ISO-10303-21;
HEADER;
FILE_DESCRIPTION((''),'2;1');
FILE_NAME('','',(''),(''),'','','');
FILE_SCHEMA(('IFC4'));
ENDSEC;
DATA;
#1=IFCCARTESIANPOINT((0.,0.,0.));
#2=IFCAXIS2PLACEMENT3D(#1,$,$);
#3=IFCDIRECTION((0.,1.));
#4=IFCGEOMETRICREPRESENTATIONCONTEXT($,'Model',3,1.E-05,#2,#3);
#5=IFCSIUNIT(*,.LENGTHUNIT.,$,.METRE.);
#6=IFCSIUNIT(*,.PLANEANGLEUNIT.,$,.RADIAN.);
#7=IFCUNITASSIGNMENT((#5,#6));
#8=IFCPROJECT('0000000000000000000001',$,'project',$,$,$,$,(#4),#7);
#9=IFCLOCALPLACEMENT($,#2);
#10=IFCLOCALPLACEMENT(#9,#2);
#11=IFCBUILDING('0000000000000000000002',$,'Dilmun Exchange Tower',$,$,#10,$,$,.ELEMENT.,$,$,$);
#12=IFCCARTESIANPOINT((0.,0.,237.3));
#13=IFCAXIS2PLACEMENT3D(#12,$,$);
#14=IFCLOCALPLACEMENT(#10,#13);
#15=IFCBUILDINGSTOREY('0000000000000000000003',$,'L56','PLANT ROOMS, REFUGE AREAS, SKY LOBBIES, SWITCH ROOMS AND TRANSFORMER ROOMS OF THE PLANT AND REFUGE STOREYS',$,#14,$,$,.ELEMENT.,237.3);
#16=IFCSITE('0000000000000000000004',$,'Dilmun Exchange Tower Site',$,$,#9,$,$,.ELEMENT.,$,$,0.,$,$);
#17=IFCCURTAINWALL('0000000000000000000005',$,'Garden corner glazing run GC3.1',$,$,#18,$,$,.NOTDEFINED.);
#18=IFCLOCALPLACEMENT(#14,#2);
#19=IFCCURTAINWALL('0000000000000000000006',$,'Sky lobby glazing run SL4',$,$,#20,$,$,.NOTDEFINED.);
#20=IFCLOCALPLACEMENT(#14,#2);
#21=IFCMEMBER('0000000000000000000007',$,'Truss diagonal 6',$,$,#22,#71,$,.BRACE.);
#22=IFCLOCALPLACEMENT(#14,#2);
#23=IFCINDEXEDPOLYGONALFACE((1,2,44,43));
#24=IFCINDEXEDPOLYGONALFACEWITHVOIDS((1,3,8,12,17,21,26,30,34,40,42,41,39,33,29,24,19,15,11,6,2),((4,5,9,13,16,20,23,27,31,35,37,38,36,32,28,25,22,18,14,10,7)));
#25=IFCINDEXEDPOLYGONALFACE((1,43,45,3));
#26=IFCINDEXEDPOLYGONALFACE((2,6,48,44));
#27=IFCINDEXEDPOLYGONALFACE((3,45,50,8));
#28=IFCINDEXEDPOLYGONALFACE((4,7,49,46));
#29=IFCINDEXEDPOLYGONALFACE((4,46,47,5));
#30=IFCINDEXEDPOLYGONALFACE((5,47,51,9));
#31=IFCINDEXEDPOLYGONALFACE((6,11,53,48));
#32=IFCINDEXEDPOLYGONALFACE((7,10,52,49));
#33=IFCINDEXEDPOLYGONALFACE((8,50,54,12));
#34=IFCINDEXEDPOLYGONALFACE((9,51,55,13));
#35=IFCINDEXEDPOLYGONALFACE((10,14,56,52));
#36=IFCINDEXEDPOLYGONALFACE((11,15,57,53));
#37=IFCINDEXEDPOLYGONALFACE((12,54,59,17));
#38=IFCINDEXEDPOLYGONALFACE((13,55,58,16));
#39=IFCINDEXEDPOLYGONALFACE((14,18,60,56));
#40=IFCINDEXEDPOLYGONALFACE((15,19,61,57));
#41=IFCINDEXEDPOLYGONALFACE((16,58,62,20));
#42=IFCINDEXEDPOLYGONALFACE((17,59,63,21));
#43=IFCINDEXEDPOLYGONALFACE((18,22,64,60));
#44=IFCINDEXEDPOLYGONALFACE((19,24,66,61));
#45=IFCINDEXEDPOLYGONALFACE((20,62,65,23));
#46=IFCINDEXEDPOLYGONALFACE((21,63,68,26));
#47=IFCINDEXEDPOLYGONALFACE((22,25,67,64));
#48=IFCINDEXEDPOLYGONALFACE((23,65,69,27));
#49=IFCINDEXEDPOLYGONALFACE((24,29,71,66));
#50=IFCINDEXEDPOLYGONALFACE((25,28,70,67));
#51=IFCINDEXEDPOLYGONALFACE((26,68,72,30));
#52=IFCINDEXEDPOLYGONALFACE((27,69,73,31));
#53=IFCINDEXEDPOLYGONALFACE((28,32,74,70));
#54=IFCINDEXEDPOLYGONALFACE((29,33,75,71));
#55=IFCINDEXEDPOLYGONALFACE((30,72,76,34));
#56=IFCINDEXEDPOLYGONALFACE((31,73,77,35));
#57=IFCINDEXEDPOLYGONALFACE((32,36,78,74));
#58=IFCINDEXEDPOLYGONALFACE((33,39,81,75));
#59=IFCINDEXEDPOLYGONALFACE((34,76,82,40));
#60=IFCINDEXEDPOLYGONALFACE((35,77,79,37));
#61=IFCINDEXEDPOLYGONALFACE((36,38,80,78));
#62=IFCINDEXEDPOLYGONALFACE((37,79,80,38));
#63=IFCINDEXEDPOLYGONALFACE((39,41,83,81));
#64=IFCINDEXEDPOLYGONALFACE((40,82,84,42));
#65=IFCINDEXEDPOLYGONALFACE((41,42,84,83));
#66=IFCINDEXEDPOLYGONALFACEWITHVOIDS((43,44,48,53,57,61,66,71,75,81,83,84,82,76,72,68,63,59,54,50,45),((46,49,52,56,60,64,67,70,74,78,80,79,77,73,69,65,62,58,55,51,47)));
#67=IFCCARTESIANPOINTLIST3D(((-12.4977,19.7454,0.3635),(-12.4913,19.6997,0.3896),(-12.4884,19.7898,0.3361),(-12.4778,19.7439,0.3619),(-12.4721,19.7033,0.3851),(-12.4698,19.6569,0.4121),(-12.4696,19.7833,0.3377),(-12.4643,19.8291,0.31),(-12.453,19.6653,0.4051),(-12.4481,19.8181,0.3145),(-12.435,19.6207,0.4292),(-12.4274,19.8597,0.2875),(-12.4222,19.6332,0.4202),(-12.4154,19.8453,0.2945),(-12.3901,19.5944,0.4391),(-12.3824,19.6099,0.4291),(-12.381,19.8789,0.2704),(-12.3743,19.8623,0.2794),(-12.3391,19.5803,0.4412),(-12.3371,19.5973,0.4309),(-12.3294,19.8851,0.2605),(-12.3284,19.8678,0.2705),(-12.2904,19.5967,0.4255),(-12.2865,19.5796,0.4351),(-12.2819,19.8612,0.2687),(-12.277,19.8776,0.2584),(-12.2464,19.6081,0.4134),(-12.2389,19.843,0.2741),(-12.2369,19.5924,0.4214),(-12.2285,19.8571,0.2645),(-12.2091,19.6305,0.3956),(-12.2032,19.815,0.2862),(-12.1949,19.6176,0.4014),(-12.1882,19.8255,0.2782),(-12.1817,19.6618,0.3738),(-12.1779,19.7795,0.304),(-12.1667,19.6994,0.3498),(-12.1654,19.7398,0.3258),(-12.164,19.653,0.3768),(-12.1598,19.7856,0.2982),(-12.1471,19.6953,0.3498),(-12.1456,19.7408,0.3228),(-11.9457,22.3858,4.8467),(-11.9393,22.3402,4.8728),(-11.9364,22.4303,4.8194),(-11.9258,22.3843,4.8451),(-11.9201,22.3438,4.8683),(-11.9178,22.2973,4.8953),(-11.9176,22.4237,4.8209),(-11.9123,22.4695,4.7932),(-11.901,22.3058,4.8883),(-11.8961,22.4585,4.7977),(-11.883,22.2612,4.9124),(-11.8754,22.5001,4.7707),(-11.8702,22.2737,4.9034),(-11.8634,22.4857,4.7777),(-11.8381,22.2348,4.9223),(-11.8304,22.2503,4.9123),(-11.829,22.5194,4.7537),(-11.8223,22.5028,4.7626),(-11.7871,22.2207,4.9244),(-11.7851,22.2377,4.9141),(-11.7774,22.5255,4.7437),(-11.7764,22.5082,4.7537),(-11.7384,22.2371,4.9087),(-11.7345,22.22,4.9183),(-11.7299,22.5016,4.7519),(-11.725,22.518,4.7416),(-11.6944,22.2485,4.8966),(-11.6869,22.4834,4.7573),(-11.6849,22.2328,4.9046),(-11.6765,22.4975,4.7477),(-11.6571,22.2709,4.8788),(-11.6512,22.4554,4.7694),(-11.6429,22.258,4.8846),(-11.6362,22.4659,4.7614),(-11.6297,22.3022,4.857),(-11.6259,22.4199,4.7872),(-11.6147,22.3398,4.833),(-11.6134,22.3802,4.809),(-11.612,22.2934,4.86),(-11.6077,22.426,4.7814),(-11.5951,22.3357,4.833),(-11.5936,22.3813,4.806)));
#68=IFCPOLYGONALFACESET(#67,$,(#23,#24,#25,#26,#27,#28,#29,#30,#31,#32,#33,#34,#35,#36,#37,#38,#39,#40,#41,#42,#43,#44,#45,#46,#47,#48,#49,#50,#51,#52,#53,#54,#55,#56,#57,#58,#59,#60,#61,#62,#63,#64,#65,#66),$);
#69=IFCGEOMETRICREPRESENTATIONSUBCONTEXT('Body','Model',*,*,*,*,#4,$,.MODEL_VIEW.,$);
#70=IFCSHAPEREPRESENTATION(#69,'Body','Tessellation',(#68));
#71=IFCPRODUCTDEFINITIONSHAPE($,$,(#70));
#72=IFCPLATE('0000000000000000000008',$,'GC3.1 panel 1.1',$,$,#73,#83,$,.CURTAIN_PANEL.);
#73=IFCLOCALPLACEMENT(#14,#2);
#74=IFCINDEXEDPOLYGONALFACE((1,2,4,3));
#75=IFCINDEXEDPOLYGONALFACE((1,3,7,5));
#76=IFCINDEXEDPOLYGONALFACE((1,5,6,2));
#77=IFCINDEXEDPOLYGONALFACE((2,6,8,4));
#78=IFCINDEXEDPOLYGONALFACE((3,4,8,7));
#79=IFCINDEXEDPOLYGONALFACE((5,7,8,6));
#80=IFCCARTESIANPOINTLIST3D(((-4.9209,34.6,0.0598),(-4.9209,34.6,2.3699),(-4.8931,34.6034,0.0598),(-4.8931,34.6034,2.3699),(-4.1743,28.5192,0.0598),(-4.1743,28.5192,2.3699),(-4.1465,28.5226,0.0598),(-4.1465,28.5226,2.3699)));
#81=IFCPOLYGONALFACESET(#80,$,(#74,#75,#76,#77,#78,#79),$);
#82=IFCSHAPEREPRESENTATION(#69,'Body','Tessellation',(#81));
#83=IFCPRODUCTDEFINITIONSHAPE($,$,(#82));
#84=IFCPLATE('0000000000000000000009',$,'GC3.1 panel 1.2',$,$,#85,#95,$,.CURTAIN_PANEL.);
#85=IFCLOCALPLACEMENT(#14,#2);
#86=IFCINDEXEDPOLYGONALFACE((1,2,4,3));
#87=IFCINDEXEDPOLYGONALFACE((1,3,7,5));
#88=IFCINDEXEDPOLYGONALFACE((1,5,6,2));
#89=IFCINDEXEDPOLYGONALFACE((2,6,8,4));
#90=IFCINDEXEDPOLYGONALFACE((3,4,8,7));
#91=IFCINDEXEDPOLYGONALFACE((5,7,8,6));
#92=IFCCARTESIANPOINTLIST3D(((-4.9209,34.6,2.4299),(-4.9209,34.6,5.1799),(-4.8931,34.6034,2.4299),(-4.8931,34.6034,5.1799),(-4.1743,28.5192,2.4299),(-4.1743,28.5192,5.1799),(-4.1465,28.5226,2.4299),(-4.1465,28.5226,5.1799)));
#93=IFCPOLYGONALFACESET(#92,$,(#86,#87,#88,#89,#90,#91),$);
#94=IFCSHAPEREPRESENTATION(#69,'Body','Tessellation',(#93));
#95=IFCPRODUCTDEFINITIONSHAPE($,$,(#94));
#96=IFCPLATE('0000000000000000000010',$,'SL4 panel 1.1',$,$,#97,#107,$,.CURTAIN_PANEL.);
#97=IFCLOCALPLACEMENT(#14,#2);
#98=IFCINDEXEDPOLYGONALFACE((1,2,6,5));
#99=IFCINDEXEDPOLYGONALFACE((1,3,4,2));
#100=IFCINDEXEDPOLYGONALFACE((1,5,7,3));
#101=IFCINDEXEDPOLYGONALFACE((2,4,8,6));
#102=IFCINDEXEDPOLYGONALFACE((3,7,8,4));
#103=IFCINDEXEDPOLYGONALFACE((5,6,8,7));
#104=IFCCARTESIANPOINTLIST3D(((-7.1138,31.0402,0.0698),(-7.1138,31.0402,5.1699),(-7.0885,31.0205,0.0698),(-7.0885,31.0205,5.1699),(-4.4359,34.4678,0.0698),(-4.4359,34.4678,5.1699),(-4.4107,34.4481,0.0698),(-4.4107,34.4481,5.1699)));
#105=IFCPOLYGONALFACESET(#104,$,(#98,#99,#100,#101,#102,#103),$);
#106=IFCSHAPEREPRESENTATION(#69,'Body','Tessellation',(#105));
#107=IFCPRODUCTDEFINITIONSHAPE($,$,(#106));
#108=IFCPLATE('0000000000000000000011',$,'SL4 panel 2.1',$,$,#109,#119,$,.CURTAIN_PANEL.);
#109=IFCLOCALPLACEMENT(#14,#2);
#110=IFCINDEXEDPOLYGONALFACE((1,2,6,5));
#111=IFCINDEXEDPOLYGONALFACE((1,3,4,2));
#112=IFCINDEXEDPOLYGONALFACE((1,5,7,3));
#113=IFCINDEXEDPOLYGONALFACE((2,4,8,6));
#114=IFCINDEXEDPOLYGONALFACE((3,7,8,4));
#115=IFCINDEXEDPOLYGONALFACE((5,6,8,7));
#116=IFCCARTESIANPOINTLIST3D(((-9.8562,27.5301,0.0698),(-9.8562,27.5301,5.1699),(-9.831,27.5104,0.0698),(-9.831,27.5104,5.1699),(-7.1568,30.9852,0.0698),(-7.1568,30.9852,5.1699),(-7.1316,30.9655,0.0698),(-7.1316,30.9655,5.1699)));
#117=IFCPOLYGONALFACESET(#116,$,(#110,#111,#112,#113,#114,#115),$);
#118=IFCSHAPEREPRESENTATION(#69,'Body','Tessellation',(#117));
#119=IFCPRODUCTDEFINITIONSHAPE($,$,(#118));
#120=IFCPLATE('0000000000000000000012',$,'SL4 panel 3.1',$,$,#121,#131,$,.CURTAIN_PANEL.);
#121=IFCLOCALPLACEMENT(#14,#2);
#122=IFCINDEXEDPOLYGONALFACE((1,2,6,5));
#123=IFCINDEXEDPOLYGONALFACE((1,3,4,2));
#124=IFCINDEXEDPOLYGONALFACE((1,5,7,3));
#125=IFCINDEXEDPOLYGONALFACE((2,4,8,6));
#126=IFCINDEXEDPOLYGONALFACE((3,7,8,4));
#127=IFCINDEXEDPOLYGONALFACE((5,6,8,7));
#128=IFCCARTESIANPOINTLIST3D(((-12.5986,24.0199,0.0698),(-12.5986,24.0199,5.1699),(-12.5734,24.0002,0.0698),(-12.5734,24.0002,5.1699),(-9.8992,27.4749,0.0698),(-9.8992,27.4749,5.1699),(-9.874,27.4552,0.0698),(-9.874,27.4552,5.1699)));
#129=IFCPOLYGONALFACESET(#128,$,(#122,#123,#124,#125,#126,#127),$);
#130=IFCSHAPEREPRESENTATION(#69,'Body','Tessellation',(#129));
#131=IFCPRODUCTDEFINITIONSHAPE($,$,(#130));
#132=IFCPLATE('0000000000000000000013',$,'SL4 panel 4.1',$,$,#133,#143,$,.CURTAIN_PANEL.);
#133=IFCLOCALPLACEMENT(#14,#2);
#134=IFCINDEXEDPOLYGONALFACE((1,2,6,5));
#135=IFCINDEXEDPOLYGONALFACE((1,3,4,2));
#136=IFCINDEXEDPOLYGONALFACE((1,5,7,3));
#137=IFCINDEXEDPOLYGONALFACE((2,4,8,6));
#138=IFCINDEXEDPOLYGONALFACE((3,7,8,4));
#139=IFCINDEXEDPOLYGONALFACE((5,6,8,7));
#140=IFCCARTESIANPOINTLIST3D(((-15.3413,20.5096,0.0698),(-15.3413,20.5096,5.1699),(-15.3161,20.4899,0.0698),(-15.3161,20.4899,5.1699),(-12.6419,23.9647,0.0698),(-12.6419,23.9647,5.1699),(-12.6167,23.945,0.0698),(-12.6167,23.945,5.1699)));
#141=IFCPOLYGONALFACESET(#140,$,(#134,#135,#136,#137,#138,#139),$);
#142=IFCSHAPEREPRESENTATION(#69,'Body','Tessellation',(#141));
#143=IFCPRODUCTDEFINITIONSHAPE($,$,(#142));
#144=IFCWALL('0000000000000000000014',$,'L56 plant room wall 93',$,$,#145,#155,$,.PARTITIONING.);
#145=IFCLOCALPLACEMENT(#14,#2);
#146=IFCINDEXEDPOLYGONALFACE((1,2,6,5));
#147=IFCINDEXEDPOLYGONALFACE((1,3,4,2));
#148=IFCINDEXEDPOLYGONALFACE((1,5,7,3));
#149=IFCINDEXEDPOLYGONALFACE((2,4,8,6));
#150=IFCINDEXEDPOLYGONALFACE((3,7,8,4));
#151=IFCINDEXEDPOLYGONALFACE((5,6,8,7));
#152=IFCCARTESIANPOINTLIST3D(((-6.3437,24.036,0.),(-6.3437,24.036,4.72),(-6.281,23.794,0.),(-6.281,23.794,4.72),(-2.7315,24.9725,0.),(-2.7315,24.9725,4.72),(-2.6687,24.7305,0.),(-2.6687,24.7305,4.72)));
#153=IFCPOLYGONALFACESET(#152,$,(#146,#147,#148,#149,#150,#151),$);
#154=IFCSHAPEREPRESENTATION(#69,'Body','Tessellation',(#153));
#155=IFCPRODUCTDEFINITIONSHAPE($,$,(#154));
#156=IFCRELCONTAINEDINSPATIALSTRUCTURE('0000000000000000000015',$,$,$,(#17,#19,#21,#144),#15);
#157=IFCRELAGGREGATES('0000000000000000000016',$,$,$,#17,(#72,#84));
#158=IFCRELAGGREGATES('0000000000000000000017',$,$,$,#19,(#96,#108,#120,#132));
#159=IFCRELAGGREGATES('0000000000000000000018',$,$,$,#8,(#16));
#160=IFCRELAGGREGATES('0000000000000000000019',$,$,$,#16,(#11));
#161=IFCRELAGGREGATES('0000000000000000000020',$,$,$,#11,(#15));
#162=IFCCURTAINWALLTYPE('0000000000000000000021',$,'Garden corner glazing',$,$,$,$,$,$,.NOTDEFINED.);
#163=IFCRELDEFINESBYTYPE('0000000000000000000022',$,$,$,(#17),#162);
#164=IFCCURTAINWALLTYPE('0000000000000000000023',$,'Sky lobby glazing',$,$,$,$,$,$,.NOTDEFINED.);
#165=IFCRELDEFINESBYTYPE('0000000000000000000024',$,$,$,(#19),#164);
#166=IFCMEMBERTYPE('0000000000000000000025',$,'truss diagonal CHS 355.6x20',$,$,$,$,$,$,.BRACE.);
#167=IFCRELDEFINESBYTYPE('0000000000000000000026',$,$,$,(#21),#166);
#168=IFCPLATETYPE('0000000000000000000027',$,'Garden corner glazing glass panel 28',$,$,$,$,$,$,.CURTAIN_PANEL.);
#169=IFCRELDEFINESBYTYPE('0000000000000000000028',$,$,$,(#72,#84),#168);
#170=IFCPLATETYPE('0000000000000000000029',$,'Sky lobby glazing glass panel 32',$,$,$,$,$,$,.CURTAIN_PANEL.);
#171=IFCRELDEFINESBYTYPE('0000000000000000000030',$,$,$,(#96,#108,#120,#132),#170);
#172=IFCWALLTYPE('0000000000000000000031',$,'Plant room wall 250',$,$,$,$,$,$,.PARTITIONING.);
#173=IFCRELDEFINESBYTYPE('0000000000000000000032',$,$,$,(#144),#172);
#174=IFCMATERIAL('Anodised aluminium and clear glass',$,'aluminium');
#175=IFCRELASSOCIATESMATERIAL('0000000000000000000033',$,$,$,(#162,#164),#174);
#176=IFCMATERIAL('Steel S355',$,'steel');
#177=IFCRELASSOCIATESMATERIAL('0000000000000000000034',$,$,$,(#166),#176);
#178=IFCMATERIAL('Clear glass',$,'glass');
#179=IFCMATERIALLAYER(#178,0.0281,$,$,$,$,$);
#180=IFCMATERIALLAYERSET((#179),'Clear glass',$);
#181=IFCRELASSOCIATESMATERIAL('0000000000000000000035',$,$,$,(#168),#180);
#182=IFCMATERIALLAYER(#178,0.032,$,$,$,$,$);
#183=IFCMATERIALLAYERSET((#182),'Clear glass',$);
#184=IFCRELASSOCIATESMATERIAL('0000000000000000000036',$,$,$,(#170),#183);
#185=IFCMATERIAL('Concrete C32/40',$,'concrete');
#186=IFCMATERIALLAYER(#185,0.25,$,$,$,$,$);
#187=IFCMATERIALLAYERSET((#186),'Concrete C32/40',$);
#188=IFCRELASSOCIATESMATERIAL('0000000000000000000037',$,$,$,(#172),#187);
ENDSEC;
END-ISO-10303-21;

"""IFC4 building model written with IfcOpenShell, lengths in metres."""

from ifc_helpers import new_model, si_unit, direction, frame, frame_2d, origin, origin_2d, place, context, subcontext, project, spatial, rectangle, hollow_circle, extrude, material, layer, layer_set, material_profile, profile_set, type_object, element, aggregate, save


model = new_model("IFC4")

# Units and contexts
model_context = context("Model", 3, precision=1e-05, world=origin(), true_north=direction((0.0, 1.0)))
body_context = subcontext(model_context, "Body", "Model", "MODEL_VIEW")
ifc_project = project(units=[si_unit("LENGTHUNIT", "METRE"), si_unit("PLANEANGLEUNIT", "RADIAN")], contexts=[model_context])

# Site, building, storey
site_placement = place(None, origin())
site = spatial("IfcSite", under=ifc_project, at=site_placement, Name="Dilmun Exchange Tower Site", CompositionType="ELEMENT", RefElevation=0.0)
building_placement = place(site_placement, origin())
building = spatial("IfcBuilding", under=site, at=building_placement, Name="Dilmun Exchange Tower", CompositionType="ELEMENT")
storey_placement = place(building_placement, frame((0.0, 0.0, 237.3)))
storey = spatial("IfcBuildingStorey", under=building, at=storey_placement, Name="L56", Description="PLANT ROOMS, REFUGE AREAS, SKY LOBBIES, SWITCH ROOMS AND TRANSFORMER ROOMS OF THE PLANT AND REFUGE STOREYS", CompositionType="ELEMENT", Elevation=237.3)

# Curtain wall
ifc_material_1 = material(Name="Anodised aluminium and clear glass", Category="aluminium")
curtain_wall_type_1 = type_object("IfcCurtainWallType", Name="Garden corner glazing", PredefinedType="NOTDEFINED", material=ifc_material_1)
curtain_wall_1_placement = place(storey_placement, origin())
curtain_wall_1 = element("IfcCurtainWall", 1, at=curtain_wall_1_placement, inside=storey, type_object=curtain_wall_type_1, Name="Garden corner glazing run GC3.1", PredefinedType="NOTDEFINED")

# Curtain wall
curtain_wall_type_2 = type_object("IfcCurtainWallType", Name="Sky lobby glazing", PredefinedType="NOTDEFINED", material=ifc_material_1)
curtain_wall_2_placement = place(storey_placement, origin())
curtain_wall_2 = element("IfcCurtainWall", 2, at=curtain_wall_2_placement, inside=storey, type_object=curtain_wall_type_2, Name="Sky lobby glazing run SL4", PredefinedType="NOTDEFINED")

# Shared definitions
ifc_material_2 = material(Name="Steel S355", Category="steel")

# Member
ifc_material_profile_1 = material_profile(ifc_material_2, hollow_circle(Radius=0.1777, WallThickness=0.02, at=origin_2d()), Name="CHS 355.6x20")
ifc_profile_set_1 = profile_set([ifc_material_profile_1], Name="Steel S355")
member_type_1 = type_object("IfcMemberType", Name="truss diagonal CHS 355.6x20", PredefinedType="BRACE", material=ifc_profile_set_1)
member_1_placement = place(storey_placement, frame((-11.769, 22.3721, 4.833), z_axis=(-0.105503, -0.504649, -0.856854), x_axis=(0.978838, -0.204637, 0.0)))
element("IfcMember", 3, at=member_1_placement, inside=storey, type_object=member_type_1, Name="Truss diagonal 6", PredefinedType="BRACE", context=body_context, shape_type="SweptSolid", body=[
    extrude(hollow_circle(Radius=0.1777, WallThickness=0.02, at=origin_2d()), origin(), (0.0, 0.0, 1.0), 5.2322),
])

# Plates
ifc_material_3 = material(Name="Clear glass", Category="glass")
ifc_layer_1 = layer(ifc_material_3, 0.0281)
ifc_layer_set_1 = layer_set([ifc_layer_1], Name="Clear glass")
plate_type_1 = type_object("IfcPlateType", Name="Garden corner glazing glass panel 28", PredefinedType="CURTAIN_PANEL", material=ifc_layer_set_1)
plate_1_placement = place(storey_placement, frame((-4.5337, 31.5613, 0.0598), z_axis=(0.0, 0.0, 1.0), x_axis=(-0.121863, 0.992547, 0.0)))
plate_1 = element("IfcPlate", 4, at=plate_1_placement, type_object=plate_type_1, Name="GC3.1 panel 1.1", PredefinedType="CURTAIN_PANEL", context=body_context, shape_type="SweptSolid", body=[
    extrude(rectangle(XDim=6.1265, YDim=0.0281, at=origin_2d()), origin(), (0.0, 0.0, 1.0), 2.3101),
])
plate_2_placement = place(storey_placement, frame((-4.5337, 31.5613, 2.4299), z_axis=(0.0, 0.0, 1.0), x_axis=(-0.121863, 0.992547, 0.0)))
plate_2 = element("IfcPlate", 5, at=plate_2_placement, type_object=plate_type_1, Name="GC3.1 panel 1.2", PredefinedType="CURTAIN_PANEL", context=body_context, shape_type="SweptSolid", body=[
    extrude(rectangle(XDim=6.1265, YDim=0.0281, at=origin_2d()), origin(), (0.0, 0.0, 1.0), 2.75),
])
aggregate(curtain_wall_1, [plate_1, plate_2])
ifc_layer_2 = layer(ifc_material_3, 0.032)
ifc_layer_set_2 = layer_set([ifc_layer_2], Name="Clear glass")
plate_type_2 = type_object("IfcPlateType", Name="Sky lobby glazing glass panel 32", PredefinedType="CURTAIN_PANEL", material=ifc_layer_set_2)
plate_3_placement = place(storey_placement, frame((-5.7622, 32.7441, 0.0698), z_axis=(0.0, 0.0, 1.0), x_axis=(-0.615662, -0.788011, 0.0)))
plate_3 = element("IfcPlate", 6, at=plate_3_placement, type_object=plate_type_2, Name="SL4 panel 1.1", PredefinedType="CURTAIN_PANEL", context=body_context, shape_type="SweptSolid", body=[
    extrude(rectangle(XDim=4.3496, YDim=0.032, at=origin_2d()), origin(), (0.0, 0.0, 1.0), 5.1001),
])
plate_4_placement = place(storey_placement, frame((-8.4939, 29.2478, 0.0698), z_axis=(0.0, 0.0, 1.0), x_axis=(-0.615662, -0.788011, 0.0)))
plate_4 = element("IfcPlate", 7, at=plate_4_placement, type_object=plate_type_2, Name="SL4 panel 2.1", PredefinedType="CURTAIN_PANEL", context=body_context, shape_type="SweptSolid", body=[
    extrude(rectangle(XDim=4.3845, YDim=0.032, at=origin_2d()), origin(), (0.0, 0.0, 1.0), 5.1001),
])
plate_5_placement = place(storey_placement, frame((-11.2363, 25.7375, 0.0698), z_axis=(0.0, 0.0, 1.0), x_axis=(-0.615662, -0.788011, 0.0)))
plate_5 = element("IfcPlate", 8, at=plate_5_placement, type_object=plate_type_2, Name="SL4 panel 3.1", PredefinedType="CURTAIN_PANEL", context=body_context, shape_type="SweptSolid", body=[
    extrude(rectangle(XDim=4.3845, YDim=0.032, at=origin_2d()), origin(), (0.0, 0.0, 1.0), 5.1001),
])
plate_6_placement = place(storey_placement, frame((-13.979, 22.2273, 0.0698), z_axis=(0.0, 0.0, 1.0), x_axis=(-0.615662, -0.788011, 0.0)))
plate_6 = element("IfcPlate", 9, at=plate_6_placement, type_object=plate_type_2, Name="SL4 panel 4.1", PredefinedType="CURTAIN_PANEL", context=body_context, shape_type="SweptSolid", body=[
    extrude(rectangle(XDim=4.3845, YDim=0.032, at=origin_2d()), origin(), (0.0, 0.0, 1.0), 5.1001),
])
aggregate(curtain_wall_2, [plate_3, plate_4, plate_5, plate_6])

# Wall
ifc_material_4 = material(Name="Concrete C32/40", Category="concrete")
ifc_layer_3 = layer(ifc_material_4, 0.25)
ifc_layer_set_3 = layer_set([ifc_layer_3], Name="Concrete C32/40")
wall_type = type_object("IfcWallType", Name="Plant room wall 250", PredefinedType="PARTITIONING", material=ifc_layer_set_3)
wall_placement = place(storey_placement, frame((-6.3123, 23.915, 0.0), z_axis=(0.0, 0.0, 1.0), x_axis=(0.967997, 0.250962, 0.0)))
element("IfcWall", 10, at=wall_placement, inside=storey, type_object=wall_type, Name="L56 plant room wall 93", PredefinedType="PARTITIONING", context=body_context, shape_type="SweptSolid", body=[
    extrude(rectangle(XDim=3.7317, YDim=0.25, at=frame_2d((1.8657, 0.0))), origin(), (0.0, 0.0, 1.0), 4.72),
])

save(model, "model.ifc")
